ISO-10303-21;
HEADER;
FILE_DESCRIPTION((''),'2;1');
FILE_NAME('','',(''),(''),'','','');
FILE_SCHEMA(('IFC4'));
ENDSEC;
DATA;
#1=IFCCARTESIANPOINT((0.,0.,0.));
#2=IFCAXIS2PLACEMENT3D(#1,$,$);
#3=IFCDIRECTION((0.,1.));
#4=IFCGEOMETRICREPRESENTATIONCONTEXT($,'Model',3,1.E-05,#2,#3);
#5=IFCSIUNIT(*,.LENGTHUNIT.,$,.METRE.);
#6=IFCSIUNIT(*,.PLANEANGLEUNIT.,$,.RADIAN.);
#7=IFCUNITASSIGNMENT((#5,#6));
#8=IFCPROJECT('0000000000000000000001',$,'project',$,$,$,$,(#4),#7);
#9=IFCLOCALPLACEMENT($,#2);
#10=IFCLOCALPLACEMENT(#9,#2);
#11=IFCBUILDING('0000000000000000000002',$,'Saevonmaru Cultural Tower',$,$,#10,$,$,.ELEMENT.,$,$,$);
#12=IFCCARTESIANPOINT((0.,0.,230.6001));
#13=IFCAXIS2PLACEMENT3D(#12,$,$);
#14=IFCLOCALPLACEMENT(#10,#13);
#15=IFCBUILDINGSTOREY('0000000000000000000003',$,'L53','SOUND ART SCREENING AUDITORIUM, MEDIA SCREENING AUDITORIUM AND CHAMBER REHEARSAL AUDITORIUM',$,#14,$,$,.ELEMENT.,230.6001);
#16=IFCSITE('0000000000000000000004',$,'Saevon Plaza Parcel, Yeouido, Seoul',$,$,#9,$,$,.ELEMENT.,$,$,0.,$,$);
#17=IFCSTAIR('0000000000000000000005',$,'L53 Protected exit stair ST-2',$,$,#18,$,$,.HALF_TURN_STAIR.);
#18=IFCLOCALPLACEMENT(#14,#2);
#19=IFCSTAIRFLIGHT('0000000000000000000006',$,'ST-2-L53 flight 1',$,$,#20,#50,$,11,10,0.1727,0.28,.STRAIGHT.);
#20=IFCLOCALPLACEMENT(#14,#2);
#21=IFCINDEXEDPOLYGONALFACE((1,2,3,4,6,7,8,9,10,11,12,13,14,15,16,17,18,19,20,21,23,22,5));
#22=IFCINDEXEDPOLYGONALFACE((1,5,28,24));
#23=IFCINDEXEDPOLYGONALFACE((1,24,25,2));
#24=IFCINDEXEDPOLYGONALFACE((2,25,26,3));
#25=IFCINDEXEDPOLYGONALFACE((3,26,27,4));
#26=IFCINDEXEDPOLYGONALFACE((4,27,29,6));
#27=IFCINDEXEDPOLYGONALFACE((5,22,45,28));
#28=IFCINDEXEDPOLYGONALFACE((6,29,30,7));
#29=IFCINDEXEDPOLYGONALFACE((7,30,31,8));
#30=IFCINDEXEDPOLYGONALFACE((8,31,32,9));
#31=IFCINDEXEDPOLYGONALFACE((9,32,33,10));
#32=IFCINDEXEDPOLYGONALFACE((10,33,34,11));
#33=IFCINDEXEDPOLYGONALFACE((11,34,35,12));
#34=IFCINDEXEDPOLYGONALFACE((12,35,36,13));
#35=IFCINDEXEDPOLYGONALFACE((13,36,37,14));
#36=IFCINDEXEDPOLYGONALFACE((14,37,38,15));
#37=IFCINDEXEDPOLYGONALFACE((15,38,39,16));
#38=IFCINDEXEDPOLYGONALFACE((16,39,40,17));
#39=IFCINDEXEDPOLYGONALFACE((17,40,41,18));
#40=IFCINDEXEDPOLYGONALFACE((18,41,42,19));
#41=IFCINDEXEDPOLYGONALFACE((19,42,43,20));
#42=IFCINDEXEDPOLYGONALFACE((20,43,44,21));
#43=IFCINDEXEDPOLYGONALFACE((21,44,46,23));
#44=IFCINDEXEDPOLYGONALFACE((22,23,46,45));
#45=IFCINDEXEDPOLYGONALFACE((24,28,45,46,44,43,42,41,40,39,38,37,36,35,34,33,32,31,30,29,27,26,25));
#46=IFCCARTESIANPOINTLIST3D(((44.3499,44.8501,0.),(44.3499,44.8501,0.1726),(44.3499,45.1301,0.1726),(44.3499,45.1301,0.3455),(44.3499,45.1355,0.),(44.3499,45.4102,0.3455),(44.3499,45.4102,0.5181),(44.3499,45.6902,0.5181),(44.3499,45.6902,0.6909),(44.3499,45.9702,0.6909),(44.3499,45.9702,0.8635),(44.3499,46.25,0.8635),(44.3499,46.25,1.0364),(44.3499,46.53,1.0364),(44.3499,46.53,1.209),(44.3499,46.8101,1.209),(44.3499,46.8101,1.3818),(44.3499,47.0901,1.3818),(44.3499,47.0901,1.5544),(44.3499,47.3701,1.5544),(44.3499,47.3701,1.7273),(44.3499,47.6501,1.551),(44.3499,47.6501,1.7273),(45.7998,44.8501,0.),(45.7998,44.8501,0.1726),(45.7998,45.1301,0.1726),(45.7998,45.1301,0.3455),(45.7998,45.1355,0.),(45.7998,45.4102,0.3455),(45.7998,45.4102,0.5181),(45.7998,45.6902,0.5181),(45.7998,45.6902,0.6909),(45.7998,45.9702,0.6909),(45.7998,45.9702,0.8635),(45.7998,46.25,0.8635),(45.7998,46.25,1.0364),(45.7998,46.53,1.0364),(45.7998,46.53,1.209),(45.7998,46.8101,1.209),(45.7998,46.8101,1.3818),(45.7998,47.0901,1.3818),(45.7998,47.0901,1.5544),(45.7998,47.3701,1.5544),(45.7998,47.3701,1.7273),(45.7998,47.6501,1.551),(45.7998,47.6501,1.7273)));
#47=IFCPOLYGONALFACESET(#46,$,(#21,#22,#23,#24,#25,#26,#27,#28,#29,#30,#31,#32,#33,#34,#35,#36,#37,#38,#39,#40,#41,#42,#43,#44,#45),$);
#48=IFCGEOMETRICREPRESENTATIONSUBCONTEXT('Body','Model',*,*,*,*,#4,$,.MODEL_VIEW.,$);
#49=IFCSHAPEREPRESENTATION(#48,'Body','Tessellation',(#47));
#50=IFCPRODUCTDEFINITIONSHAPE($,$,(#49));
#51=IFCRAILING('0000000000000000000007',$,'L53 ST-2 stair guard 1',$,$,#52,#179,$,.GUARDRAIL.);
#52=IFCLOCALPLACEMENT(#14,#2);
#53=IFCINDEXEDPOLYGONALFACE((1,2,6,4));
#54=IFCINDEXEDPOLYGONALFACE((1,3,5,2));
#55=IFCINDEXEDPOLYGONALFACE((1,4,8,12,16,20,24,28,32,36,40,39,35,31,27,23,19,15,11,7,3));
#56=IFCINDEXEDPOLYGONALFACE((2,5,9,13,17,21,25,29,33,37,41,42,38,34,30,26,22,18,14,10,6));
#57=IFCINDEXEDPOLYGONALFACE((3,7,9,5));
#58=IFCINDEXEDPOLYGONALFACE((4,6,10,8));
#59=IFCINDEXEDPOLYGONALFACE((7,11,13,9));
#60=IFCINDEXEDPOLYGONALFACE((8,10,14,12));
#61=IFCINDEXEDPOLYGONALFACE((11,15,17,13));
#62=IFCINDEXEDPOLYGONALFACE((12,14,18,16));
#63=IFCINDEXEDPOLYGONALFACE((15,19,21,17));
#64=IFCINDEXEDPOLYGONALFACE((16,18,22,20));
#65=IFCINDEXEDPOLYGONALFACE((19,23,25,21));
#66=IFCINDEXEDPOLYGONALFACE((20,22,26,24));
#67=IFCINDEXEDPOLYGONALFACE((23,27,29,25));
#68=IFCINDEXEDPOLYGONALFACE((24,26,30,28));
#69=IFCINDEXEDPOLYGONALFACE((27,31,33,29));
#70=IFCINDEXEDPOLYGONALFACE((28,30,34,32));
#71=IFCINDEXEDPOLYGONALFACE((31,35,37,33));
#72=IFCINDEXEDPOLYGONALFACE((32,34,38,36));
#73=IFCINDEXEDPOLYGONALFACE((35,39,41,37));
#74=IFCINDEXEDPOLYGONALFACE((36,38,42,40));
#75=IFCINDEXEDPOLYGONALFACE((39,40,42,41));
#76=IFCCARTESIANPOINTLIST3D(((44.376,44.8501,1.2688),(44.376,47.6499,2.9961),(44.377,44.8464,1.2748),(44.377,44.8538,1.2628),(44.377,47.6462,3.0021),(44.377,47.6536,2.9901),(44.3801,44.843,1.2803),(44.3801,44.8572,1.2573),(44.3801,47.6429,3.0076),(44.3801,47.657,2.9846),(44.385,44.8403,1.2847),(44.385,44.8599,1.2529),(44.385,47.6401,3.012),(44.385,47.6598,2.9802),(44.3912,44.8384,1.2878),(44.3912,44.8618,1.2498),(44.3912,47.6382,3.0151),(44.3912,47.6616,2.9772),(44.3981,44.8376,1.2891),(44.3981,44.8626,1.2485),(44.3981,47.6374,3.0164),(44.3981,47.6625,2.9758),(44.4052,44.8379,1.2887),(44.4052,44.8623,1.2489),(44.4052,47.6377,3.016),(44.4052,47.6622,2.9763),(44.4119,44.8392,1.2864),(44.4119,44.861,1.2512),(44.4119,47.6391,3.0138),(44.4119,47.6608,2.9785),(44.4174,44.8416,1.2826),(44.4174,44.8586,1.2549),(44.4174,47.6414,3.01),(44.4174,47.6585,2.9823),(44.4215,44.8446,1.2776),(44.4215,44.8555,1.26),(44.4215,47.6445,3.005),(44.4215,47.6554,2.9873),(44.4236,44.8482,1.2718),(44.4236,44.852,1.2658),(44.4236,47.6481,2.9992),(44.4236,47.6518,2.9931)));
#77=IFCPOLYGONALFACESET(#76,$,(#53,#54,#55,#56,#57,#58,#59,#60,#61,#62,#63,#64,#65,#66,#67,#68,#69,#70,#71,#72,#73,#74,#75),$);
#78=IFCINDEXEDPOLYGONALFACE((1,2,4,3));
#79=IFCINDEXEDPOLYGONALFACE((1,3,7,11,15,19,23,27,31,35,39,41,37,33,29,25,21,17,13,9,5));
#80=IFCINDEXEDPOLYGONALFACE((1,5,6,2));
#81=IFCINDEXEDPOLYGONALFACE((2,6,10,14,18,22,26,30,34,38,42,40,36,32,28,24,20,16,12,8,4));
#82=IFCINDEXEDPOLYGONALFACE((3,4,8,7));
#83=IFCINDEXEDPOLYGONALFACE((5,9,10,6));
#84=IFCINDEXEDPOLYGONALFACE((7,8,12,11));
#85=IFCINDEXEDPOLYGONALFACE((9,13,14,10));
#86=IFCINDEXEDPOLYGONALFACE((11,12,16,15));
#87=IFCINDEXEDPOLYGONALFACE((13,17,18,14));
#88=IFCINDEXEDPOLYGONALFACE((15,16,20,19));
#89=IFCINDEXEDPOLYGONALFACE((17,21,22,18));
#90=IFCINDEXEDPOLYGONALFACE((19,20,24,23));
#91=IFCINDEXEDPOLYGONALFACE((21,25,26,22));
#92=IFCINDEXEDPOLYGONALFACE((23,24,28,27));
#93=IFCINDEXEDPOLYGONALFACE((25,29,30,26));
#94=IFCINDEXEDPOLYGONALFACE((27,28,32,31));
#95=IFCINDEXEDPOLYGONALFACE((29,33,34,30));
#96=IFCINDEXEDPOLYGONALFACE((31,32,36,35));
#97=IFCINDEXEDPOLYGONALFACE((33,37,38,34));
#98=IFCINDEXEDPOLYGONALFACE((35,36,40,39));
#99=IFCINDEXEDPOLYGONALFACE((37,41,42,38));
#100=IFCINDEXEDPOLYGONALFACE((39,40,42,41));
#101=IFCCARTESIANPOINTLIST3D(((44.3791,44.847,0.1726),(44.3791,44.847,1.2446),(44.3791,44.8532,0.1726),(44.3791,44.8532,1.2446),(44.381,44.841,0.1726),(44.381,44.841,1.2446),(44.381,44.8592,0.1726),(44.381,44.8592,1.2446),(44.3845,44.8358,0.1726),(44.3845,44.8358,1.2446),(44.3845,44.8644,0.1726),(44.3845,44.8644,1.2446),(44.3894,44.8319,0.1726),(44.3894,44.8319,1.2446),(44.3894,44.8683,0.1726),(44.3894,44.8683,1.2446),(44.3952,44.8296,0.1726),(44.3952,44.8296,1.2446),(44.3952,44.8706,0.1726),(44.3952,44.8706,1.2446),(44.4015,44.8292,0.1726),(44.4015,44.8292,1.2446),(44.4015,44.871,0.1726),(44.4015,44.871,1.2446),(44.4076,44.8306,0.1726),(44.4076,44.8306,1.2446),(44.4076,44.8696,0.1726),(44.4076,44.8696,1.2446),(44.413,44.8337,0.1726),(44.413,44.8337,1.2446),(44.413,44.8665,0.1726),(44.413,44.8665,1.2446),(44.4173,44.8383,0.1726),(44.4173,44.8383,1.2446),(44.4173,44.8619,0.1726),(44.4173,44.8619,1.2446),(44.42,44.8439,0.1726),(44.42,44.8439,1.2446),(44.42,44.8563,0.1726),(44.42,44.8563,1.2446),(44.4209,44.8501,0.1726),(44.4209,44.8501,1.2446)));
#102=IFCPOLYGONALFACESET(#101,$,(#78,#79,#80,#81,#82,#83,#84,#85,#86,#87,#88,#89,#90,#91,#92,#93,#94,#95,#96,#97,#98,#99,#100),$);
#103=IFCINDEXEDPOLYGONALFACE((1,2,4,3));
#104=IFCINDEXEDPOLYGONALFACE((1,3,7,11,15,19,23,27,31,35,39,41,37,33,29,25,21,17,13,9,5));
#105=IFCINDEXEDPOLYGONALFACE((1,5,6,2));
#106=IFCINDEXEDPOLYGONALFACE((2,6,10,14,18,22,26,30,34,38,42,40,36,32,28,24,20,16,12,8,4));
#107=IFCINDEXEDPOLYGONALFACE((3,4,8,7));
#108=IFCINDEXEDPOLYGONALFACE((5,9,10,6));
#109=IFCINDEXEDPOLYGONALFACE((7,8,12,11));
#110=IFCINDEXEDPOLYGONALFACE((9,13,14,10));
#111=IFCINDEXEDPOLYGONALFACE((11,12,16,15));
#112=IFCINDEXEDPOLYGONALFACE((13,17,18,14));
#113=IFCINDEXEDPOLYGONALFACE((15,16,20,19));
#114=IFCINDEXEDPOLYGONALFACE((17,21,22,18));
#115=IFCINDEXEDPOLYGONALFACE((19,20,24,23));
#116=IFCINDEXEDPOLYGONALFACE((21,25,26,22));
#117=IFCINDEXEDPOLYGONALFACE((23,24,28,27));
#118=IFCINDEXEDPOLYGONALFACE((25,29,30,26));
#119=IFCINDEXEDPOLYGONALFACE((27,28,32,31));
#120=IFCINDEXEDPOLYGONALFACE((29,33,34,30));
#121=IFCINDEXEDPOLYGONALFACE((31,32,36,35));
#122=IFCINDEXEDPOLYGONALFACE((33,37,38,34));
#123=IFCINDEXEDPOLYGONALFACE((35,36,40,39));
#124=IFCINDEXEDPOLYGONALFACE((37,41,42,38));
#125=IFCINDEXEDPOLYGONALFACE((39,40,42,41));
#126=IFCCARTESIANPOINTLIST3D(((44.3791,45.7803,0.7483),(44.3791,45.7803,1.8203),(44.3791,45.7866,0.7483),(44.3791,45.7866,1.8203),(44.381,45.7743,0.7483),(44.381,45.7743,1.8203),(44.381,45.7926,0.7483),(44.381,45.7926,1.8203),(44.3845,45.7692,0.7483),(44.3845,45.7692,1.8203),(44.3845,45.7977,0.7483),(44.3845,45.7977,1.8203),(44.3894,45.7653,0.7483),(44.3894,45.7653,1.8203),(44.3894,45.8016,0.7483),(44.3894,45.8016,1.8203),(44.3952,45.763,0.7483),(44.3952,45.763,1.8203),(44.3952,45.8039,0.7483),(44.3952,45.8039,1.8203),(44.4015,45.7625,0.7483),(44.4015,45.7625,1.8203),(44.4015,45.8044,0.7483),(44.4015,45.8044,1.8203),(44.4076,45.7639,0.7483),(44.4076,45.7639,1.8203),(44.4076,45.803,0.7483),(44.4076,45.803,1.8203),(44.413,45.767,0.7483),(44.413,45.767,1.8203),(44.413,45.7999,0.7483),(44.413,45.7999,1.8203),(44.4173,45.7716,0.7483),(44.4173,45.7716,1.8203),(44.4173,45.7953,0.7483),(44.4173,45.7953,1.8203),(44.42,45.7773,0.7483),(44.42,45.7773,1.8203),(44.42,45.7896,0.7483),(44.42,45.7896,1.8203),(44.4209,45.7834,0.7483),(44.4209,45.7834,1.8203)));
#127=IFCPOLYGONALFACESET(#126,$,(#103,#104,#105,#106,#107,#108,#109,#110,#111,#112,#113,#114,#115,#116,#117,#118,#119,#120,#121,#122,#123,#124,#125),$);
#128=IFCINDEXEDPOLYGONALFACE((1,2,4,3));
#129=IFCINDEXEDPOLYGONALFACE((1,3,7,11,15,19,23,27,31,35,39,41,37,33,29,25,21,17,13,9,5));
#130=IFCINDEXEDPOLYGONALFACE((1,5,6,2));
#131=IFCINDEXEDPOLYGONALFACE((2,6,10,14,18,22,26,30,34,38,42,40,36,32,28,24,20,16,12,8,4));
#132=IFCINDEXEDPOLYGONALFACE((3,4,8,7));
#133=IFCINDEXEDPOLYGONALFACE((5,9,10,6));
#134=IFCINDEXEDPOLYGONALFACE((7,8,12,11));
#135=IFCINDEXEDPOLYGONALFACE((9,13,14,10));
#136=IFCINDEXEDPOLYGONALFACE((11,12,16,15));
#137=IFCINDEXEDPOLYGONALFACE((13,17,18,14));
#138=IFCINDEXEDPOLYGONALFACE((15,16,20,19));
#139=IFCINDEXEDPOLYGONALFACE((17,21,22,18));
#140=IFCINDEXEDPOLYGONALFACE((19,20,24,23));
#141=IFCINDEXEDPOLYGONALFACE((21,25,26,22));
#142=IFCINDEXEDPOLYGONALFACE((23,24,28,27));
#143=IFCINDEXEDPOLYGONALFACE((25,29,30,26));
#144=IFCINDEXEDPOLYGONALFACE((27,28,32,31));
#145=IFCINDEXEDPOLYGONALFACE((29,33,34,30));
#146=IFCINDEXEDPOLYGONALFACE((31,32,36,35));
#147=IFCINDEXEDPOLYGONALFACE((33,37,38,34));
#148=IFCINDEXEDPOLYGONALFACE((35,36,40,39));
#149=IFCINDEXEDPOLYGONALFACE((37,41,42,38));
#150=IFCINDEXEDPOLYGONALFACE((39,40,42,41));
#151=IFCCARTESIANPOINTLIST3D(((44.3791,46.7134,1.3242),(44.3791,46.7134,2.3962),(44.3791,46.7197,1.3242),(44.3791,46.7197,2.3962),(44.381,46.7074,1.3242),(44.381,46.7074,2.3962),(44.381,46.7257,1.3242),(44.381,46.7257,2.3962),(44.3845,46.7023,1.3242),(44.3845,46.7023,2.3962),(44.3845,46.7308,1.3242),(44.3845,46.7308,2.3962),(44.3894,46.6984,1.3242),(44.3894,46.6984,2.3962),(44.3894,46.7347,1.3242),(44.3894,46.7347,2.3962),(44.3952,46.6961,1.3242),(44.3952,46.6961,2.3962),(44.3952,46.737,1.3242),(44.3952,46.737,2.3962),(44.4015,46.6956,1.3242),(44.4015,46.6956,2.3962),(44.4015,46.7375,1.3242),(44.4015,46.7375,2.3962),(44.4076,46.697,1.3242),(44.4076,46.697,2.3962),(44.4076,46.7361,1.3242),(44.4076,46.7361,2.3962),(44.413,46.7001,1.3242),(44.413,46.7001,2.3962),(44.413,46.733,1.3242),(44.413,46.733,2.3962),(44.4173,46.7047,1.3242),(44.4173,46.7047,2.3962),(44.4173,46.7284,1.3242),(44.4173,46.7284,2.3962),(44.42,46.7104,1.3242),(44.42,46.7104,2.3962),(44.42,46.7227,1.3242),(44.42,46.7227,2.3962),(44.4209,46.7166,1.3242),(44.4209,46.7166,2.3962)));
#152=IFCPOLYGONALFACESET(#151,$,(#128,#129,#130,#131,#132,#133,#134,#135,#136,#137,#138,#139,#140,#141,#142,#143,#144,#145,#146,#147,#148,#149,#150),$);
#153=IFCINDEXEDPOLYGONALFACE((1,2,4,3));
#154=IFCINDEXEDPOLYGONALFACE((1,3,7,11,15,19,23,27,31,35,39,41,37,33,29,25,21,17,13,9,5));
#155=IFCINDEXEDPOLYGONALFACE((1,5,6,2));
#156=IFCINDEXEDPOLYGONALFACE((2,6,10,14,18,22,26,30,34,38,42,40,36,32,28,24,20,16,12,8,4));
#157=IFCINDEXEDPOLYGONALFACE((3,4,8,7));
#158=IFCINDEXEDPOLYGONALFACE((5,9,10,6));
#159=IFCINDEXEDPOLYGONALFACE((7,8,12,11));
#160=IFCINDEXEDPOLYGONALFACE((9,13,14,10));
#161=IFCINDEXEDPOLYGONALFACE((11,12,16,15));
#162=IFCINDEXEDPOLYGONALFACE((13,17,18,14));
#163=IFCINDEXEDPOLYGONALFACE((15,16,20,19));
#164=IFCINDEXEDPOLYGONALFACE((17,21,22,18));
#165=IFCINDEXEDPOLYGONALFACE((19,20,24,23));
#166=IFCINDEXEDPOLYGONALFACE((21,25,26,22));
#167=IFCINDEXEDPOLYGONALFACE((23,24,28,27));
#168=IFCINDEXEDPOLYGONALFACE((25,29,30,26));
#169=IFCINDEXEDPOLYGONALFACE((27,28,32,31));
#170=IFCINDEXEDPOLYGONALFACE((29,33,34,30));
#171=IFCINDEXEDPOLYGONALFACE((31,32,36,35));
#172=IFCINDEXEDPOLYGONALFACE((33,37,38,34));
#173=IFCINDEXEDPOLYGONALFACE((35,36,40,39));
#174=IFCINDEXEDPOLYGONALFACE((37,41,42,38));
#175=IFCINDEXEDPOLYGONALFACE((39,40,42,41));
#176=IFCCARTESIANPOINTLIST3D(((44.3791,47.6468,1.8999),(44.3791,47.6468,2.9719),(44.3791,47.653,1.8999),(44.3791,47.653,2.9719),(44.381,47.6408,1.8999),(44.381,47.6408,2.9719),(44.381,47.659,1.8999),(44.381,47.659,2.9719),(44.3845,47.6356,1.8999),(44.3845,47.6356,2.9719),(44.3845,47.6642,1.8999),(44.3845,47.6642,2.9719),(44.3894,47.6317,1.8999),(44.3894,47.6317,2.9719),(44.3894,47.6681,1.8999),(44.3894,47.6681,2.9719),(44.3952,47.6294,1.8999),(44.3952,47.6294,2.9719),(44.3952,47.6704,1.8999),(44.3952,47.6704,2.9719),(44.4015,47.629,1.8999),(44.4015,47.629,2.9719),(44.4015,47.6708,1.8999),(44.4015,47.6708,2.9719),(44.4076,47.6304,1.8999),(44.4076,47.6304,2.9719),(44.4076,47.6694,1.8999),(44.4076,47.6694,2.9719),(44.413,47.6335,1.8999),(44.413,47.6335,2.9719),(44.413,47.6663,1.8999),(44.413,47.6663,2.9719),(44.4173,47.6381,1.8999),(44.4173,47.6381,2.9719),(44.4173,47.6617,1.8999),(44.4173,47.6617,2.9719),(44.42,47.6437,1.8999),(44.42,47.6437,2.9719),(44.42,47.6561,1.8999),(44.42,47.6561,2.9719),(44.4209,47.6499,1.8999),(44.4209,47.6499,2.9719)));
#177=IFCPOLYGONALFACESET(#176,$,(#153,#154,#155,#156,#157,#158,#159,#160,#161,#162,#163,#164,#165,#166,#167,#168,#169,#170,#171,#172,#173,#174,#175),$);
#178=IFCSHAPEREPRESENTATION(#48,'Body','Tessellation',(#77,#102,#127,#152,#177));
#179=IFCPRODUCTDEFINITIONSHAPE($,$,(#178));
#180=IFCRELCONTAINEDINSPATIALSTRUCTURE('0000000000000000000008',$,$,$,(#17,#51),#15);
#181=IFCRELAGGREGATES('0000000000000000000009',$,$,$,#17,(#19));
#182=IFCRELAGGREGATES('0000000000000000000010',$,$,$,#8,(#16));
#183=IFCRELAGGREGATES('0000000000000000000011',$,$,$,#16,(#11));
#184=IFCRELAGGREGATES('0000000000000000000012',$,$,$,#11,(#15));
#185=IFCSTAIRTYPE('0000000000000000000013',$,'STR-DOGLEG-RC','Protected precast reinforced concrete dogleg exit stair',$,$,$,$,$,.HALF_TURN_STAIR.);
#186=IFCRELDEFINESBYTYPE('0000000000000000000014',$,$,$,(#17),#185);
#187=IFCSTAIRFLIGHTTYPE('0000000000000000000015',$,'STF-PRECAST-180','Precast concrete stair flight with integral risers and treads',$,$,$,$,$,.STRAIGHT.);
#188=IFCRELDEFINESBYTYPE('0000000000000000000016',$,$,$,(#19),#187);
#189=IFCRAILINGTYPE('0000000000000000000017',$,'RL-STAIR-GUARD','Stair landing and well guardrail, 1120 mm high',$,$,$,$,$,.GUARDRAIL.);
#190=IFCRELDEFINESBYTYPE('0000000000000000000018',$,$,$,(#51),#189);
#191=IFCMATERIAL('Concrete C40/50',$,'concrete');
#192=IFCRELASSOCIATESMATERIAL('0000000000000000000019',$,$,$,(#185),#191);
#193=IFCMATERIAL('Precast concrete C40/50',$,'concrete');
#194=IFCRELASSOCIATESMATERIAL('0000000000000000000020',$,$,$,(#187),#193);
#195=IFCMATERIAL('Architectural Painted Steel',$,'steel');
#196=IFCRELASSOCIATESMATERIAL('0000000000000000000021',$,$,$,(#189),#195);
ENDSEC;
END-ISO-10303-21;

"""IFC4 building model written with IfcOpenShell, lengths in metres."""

from ifc_helpers import new_model, si_unit, direction, frame, origin, origin_2d, place, context, subcontext, project, spatial, polyline, circle, outline, extrude, material, type_object, element, aggregate, save


model = new_model("IFC4")

# Units and contexts
model_context = context("Model", 3, precision=1e-05, world=origin(), true_north=direction((0.0, 1.0)))
body_context = subcontext(model_context, "Body", "Model", "MODEL_VIEW")
ifc_project = project(units=[si_unit("LENGTHUNIT", "METRE"), si_unit("PLANEANGLEUNIT", "RADIAN")], contexts=[model_context])

# Site, building, storey
site_placement = place(None, origin())
site = spatial("IfcSite", under=ifc_project, at=site_placement, Name="Saevon Plaza Parcel, Yeouido, Seoul", CompositionType="ELEMENT", RefElevation=0.0)
building_placement = place(site_placement, origin())
building = spatial("IfcBuilding", under=site, at=building_placement, Name="Saevonmaru Cultural Tower", CompositionType="ELEMENT")
storey_placement = place(building_placement, frame((0.0, 0.0, 230.6001)))
storey = spatial("IfcBuildingStorey", under=building, at=storey_placement, Name="L53", Description="SOUND ART SCREENING AUDITORIUM, MEDIA SCREENING AUDITORIUM AND CHAMBER REHEARSAL AUDITORIUM", CompositionType="ELEMENT", Elevation=230.6001)

# Stair, stair flight
ifc_material_1 = material(Name="Concrete C40/50", Category="concrete")
stair_type = type_object("IfcStairType", Name="STR-DOGLEG-RC", Description="Protected precast reinforced concrete dogleg exit stair", PredefinedType="HALF_TURN_STAIR", material=ifc_material_1)
stair_placement = place(storey_placement, origin())
stair = element("IfcStair", 1, at=stair_placement, inside=storey, type_object=stair_type, Name="L53 Protected exit stair ST-2", PredefinedType="HALF_TURN_STAIR")
ifc_material_2 = material(Name="Precast concrete C40/50", Category="concrete")
stair_flight_type = type_object("IfcStairFlightType", Name="STF-PRECAST-180", Description="Precast concrete stair flight with integral risers and treads", PredefinedType="STRAIGHT", material=ifc_material_2)
stair_flight_placement = place(storey_placement, frame((45.075, 44.8501, 0.0), z_axis=(0.0, 0.0, 1.0), x_axis=(0.0, 1.0, 0.0)))
stair_flight = element("IfcStairFlight", 2, at=stair_flight_placement, type_object=stair_flight_type, Name="ST-2-L53 flight 1", NumberOfRisers=11, NumberOfTreads=10, PredefinedType="STRAIGHT", RiserHeight=0.1727, TreadLength=0.28, context=body_context, shape_type="SweptSolid", body=[
    extrude(outline(polyline([(0.0, 0.0), (0.0, 0.1726), (0.28, 0.1726), (0.28, 0.3455), (0.5601, 0.3455), (0.5601, 0.5181), (0.8401, 0.5181), (0.8401, 0.6909), (1.1201, 0.6909), (1.1201, 0.8635), (1.3999, 0.8635), (1.3999, 1.0364), (1.6799, 1.0364), (1.6799, 1.209), (1.96, 1.209), (1.96, 1.3818), (2.24, 1.3818), (2.24, 1.5544), (2.52, 1.5544), (2.52, 1.7273), (2.8, 1.7273), (2.8, 1.8999), (2.8, 1.551), (0.2854, 0.0), (0.0, 0.0)])), frame((0.0, 0.7251, 0.0), z_axis=(0.0, -1.0, 0.0), x_axis=(1.0, 0.0, 0.0)), (0.0, 0.0, 1.0), 1.45),
])
aggregate(stair, [stair_flight])

# Railing
ifc_material_3 = material(Name="Architectural Painted Steel", Category="steel")
railing_type_1 = type_object("IfcRailingType", Name="RL-STAIR-GUARD", Description="Stair landing and well guardrail, 1120 mm high", PredefinedType="GUARDRAIL", material=ifc_material_3)
railing_1_placement = place(storey_placement, frame((44.3999, 44.8501, 0.1726)))
element("IfcRailing", 3, at=railing_1_placement, inside=storey, type_object=railing_type_1, Name="L53 ST-2 stair guard 1", PredefinedType="GUARDRAIL", context=body_context, shape_type="SweptSolid", body=[
    extrude(circle(Radius=0.0239, at=origin_2d()), frame((0.0, 0.0, 1.0962), z_axis=(0.0, 0.851069, 0.525054), x_axis=(-1.0, 0.0, 0.0)), (0.0, 0.0, 1.0), 3.2898),
    extrude(circle(Radius=0.021, at=origin_2d()), origin(), (0.0, 0.0, 1.0), 1.072),
    extrude(circle(Radius=0.021, at=origin_2d()), frame((0.0, 0.9333, 0.5757)), (0.0, 0.0, 1.0), 1.072),
    extrude(circle(Radius=0.021, at=origin_2d()), frame((0.0, 1.8665, 1.1516)), (0.0, 0.0, 1.0), 1.072),
    extrude(circle(Radius=0.021, at=origin_2d()), frame((0.0, 2.7998, 1.7273)), (0.0, 0.0, 1.0), 1.072),
])

save(model, "model.ifc")
